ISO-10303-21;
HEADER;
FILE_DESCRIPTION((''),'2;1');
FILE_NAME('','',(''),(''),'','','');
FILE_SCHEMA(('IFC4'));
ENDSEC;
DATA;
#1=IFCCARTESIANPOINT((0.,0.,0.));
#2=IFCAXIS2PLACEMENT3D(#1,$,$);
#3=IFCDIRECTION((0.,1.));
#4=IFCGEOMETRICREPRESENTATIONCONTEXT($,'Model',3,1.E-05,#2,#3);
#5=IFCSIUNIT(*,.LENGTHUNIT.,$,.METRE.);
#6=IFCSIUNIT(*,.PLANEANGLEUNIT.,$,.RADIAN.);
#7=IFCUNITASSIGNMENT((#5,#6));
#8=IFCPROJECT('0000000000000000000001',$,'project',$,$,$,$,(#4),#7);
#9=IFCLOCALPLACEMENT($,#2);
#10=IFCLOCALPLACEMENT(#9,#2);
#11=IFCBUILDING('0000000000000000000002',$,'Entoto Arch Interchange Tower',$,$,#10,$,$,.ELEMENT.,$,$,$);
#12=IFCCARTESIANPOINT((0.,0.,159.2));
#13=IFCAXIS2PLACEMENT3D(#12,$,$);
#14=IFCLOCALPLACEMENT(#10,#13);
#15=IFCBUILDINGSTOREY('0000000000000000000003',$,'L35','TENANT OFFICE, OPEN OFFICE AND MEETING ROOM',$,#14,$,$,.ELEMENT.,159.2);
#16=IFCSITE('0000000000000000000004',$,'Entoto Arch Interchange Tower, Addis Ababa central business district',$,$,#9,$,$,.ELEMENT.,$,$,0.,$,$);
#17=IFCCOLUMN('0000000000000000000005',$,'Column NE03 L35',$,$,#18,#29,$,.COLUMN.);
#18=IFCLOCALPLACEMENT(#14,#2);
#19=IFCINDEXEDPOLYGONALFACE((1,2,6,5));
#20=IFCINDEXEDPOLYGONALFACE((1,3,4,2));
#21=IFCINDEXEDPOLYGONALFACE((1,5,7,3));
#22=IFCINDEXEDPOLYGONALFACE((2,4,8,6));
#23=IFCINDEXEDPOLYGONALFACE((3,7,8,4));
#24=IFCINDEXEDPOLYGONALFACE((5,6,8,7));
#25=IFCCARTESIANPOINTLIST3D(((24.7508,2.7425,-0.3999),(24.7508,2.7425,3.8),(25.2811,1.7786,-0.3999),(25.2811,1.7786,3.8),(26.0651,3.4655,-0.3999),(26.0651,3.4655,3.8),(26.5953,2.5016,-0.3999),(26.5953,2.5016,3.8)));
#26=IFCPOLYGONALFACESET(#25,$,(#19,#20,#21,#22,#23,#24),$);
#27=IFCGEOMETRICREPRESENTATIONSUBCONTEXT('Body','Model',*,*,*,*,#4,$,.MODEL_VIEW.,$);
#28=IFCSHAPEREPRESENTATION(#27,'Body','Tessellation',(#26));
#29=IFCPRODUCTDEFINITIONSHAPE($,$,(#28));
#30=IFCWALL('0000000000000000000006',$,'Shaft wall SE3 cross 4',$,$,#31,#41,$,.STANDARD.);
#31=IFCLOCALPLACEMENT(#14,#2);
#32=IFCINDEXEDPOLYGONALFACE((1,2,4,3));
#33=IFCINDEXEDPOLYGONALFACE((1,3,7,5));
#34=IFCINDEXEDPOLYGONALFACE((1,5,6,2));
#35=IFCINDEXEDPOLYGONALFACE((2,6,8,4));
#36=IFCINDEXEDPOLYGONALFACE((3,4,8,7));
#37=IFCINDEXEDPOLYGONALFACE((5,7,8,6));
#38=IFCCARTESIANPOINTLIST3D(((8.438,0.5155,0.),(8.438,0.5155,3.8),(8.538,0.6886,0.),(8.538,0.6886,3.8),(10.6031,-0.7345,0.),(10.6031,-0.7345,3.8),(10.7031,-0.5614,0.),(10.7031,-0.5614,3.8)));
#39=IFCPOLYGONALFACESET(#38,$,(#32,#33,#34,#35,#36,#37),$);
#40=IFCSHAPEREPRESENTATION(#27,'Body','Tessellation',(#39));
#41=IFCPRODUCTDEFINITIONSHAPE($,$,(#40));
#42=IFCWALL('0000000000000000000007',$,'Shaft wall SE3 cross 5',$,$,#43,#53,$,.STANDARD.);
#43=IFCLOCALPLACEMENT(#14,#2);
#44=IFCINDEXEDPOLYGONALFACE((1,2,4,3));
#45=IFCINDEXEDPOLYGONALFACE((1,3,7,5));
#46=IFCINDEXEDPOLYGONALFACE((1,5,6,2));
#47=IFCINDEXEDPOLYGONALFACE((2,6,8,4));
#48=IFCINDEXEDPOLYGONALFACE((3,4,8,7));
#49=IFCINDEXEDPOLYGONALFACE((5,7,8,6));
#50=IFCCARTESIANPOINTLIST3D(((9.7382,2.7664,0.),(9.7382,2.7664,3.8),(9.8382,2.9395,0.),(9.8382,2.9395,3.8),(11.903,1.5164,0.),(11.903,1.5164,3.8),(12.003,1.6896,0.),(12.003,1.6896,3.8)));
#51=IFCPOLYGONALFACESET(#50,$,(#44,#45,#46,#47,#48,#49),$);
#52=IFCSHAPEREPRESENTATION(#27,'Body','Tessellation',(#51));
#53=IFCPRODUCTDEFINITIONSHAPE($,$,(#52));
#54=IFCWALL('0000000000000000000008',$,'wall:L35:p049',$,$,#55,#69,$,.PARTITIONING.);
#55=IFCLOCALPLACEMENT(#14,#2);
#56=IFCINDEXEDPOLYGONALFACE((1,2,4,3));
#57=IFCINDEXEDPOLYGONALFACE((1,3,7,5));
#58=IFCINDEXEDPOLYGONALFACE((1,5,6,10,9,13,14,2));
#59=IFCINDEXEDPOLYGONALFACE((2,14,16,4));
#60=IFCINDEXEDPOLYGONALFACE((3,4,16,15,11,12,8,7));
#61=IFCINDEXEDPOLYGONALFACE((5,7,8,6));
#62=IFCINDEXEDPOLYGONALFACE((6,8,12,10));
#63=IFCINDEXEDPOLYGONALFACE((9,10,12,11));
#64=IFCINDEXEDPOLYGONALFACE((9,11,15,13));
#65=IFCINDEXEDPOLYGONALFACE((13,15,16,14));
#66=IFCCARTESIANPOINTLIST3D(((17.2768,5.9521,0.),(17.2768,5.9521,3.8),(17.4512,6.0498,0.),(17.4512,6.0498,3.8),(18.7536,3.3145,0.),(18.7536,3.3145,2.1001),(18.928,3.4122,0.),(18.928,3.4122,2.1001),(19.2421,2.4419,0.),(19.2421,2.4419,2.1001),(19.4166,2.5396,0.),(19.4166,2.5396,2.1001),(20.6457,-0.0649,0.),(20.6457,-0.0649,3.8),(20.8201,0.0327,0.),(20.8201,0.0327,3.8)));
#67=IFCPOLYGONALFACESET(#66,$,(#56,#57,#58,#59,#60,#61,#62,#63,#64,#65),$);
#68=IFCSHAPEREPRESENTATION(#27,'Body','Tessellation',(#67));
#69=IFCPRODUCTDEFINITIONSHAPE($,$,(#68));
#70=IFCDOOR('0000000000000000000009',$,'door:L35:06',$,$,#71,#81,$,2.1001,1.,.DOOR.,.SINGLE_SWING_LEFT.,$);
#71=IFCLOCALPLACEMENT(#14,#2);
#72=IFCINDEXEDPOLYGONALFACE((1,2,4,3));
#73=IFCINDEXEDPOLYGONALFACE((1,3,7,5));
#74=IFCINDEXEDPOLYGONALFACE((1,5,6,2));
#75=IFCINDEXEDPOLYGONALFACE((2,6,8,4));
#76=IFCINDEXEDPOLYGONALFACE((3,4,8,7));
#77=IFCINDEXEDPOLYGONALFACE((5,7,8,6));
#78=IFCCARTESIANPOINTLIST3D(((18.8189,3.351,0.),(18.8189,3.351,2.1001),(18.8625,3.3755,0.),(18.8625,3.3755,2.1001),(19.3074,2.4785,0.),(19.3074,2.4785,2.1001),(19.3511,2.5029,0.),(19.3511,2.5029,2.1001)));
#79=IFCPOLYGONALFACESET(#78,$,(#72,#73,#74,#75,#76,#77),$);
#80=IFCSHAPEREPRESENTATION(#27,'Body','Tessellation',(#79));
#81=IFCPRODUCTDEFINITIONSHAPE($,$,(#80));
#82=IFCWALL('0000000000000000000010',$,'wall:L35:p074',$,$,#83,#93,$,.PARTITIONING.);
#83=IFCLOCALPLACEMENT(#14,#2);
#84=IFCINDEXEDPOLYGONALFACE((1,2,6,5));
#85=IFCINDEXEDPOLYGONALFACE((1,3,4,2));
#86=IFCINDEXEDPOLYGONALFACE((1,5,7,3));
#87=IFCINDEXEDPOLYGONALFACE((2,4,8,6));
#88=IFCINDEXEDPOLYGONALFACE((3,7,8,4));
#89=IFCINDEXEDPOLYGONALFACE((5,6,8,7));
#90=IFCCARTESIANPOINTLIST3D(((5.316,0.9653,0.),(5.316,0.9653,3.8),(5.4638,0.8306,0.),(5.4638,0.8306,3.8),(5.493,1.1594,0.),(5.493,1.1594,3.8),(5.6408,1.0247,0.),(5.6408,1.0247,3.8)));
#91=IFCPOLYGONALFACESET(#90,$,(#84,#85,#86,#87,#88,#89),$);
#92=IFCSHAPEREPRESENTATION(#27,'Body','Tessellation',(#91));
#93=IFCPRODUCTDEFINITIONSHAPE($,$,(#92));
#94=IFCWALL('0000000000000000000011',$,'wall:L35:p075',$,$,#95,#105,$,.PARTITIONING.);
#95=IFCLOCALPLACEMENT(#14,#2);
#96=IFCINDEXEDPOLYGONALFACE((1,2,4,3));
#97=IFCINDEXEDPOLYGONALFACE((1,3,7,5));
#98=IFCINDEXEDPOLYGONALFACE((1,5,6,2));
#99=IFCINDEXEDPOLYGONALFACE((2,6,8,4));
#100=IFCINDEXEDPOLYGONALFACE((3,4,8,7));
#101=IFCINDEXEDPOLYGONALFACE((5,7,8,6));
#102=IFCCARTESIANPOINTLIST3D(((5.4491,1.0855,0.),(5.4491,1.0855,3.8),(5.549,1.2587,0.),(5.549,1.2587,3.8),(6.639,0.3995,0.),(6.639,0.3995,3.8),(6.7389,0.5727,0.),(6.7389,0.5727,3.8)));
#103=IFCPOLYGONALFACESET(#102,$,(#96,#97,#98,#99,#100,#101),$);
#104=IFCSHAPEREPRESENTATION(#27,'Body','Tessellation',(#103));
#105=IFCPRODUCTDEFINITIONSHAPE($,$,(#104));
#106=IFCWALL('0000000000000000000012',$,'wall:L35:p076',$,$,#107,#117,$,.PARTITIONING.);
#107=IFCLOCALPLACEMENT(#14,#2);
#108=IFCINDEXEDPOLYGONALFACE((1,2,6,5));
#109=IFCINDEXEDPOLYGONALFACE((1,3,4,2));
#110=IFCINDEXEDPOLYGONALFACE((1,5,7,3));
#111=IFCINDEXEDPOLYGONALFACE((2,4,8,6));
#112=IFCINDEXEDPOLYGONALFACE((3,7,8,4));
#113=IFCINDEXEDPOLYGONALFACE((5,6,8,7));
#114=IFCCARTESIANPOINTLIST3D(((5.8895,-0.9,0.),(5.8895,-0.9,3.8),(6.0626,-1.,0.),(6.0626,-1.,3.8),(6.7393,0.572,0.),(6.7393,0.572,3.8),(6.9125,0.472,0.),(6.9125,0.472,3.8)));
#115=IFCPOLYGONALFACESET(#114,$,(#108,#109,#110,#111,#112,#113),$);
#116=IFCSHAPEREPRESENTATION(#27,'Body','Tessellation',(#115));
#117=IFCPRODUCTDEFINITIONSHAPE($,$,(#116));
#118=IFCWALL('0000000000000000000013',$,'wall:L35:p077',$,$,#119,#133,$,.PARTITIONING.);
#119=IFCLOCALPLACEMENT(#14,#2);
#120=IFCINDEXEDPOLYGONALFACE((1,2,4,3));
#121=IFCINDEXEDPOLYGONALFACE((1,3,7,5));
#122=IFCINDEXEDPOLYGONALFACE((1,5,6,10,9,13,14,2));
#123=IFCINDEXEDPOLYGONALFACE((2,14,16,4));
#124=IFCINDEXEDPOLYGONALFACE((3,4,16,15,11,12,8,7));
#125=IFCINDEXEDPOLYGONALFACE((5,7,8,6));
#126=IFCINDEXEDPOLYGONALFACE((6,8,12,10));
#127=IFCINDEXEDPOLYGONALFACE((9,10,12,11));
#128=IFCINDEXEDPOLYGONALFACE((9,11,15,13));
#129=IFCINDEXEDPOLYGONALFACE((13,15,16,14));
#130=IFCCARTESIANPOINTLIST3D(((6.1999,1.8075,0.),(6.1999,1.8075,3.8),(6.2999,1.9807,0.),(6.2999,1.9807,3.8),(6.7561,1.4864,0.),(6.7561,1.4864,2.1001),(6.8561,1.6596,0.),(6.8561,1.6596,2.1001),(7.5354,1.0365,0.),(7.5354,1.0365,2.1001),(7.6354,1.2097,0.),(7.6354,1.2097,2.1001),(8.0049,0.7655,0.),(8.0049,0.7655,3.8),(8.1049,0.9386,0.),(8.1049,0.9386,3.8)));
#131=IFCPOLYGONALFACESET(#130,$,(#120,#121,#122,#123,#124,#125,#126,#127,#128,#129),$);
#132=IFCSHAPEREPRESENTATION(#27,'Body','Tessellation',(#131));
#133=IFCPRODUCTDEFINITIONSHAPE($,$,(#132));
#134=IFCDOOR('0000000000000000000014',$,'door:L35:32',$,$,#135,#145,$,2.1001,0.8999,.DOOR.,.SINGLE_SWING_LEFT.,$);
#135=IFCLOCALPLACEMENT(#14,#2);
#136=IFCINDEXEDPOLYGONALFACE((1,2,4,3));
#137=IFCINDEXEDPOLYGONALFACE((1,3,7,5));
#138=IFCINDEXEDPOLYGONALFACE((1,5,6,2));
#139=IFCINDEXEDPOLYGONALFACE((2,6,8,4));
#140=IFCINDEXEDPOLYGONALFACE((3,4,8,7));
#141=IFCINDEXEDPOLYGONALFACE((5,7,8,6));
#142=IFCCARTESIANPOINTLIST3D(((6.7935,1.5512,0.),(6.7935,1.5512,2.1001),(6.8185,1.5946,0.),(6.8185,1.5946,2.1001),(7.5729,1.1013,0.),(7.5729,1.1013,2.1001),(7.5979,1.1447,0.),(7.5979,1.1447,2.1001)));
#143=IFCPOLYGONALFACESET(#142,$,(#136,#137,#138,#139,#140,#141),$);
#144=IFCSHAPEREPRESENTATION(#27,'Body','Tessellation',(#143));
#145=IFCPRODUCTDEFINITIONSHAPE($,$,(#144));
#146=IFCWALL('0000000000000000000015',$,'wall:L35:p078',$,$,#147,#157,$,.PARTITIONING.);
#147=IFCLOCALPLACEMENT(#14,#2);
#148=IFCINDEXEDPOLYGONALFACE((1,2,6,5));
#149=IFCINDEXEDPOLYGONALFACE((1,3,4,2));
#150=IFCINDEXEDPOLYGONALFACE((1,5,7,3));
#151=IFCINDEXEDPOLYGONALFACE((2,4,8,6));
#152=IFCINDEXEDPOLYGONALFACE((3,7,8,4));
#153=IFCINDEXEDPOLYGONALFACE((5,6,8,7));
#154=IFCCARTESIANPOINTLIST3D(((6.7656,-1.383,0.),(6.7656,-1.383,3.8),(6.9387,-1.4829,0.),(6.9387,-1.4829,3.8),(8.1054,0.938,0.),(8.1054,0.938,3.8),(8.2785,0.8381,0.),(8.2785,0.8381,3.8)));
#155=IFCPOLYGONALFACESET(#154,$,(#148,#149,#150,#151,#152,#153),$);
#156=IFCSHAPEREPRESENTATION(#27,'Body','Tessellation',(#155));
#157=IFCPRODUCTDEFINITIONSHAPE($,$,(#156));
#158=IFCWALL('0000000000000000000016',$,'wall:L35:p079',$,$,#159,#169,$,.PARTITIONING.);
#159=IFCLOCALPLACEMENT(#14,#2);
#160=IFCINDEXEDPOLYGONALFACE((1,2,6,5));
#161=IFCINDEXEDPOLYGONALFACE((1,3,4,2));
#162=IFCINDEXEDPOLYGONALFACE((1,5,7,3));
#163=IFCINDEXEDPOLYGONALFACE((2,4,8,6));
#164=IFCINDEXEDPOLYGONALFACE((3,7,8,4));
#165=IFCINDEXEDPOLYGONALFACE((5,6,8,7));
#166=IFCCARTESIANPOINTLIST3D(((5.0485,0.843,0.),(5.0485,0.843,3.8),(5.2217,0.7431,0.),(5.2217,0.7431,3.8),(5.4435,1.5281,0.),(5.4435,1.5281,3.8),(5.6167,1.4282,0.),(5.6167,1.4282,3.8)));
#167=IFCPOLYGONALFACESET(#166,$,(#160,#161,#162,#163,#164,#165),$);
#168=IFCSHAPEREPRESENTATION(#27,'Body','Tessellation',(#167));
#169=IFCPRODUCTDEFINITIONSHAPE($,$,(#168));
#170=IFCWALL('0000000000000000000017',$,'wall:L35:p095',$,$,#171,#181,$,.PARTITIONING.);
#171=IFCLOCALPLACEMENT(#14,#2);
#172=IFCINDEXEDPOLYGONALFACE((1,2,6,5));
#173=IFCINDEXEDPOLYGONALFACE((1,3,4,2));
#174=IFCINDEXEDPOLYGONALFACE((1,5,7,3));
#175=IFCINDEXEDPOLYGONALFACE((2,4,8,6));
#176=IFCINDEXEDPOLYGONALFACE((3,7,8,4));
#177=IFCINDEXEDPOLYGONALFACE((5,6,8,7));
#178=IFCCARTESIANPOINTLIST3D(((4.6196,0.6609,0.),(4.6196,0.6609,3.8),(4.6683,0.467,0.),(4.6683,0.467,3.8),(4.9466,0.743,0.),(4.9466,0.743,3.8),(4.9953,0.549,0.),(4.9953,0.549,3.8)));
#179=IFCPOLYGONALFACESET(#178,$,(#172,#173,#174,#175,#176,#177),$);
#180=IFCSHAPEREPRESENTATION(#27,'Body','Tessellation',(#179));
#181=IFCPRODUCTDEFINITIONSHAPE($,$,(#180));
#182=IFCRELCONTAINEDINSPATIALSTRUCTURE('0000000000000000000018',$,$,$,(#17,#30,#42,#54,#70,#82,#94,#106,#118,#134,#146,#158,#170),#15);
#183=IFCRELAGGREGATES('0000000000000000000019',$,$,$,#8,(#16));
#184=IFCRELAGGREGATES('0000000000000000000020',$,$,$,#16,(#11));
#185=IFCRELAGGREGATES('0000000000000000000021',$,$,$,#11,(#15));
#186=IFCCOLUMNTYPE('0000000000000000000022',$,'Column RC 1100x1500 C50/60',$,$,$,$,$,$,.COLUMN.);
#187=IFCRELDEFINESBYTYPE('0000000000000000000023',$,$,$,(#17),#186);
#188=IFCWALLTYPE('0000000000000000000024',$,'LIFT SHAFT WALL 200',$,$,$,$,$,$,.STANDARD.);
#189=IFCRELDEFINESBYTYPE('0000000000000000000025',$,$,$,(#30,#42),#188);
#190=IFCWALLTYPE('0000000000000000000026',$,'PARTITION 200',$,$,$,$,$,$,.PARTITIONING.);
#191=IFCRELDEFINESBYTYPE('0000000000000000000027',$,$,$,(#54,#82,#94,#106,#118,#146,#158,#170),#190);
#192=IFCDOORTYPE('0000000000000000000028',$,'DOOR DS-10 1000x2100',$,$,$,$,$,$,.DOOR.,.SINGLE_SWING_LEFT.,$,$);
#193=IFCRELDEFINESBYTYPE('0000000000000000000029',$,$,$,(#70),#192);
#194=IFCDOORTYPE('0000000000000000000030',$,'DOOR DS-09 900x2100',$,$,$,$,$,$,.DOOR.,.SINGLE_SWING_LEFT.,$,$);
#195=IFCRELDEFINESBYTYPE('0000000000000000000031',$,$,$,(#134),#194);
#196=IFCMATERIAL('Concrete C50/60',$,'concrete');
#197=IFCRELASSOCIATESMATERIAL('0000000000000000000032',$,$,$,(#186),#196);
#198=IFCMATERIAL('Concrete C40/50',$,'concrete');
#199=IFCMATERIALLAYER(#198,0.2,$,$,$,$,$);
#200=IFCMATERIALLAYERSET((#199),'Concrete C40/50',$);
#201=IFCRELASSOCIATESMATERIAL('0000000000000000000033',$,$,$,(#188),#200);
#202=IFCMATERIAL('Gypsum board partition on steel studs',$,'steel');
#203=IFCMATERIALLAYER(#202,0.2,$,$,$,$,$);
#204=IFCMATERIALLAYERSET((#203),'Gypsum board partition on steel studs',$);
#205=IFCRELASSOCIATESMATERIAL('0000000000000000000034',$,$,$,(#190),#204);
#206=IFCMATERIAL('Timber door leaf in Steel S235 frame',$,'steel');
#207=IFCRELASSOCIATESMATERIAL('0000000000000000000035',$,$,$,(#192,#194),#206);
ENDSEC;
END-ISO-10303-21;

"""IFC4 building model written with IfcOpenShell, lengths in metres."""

from ifc_helpers import new_model, si_unit, direction, frame, frame_2d, origin, origin_2d, place, context, subcontext, project, spatial, rectangle, extrude, material, layer, layer_set, material_profile, profile_set, type_object, element, fill, save


model = new_model("IFC4")

# Units and contexts
model_context = context("Model", 3, precision=1e-05, world=origin(), true_north=direction((0.0, 1.0)))
body_context = subcontext(model_context, "Body", "Model", "MODEL_VIEW")
ifc_project = project(units=[si_unit("LENGTHUNIT", "METRE"), si_unit("PLANEANGLEUNIT", "RADIAN")], contexts=[model_context])

# Site, building, storey
site_placement = place(None, origin())
site = spatial("IfcSite", under=ifc_project, at=site_placement, Name="Entoto Arch Interchange Tower, Addis Ababa central business district", CompositionType="ELEMENT", RefElevation=0.0)
building_placement = place(site_placement, origin())
building = spatial("IfcBuilding", under=site, at=building_placement, Name="Entoto Arch Interchange Tower", CompositionType="ELEMENT")
storey_placement = place(building_placement, frame((0.0, 0.0, 159.2)))
storey = spatial("IfcBuildingStorey", under=building, at=storey_placement, Name="L35", Description="TENANT OFFICE, OPEN OFFICE AND MEETING ROOM", CompositionType="ELEMENT", Elevation=159.2)

# Column
ifc_material_1 = material(Name="Concrete C50/60", Category="concrete")
ifc_material_profile = material_profile(ifc_material_1, rectangle(XDim=1.1001, YDim=1.5, at=origin_2d()))
ifc_profile_set = profile_set([ifc_material_profile], Name="Concrete C50/60")
column_type = type_object("IfcColumnType", Name="Column RC 1100x1500 C50/60", PredefinedType="COLUMN", material=ifc_profile_set)
column_placement = place(storey_placement, frame((25.6731, 2.6221, -0.3999), z_axis=(0.0, 0.0, 1.0), x_axis=(-0.481983, 0.876181, 0.0)))
element("IfcColumn", 1, at=column_placement, inside=storey, type_object=column_type, Name="Column NE03 L35", PredefinedType="COLUMN", context=body_context, shape_type="SweptSolid", body=[
    extrude(rectangle(XDim=1.1001, YDim=1.5, at=origin_2d()), origin(), (0.0, 0.0, 1.0), 4.2),
])

# Walls
ifc_material_2 = material(Name="Concrete C40/50", Category="concrete")
ifc_layer_1 = layer(ifc_material_2, 0.2)
ifc_layer_set_1 = layer_set([ifc_layer_1], Name="Concrete C40/50")
wall_type_1 = type_object("IfcWallType", Name="LIFT SHAFT WALL 200", PredefinedType="STANDARD", material=ifc_layer_set_1)
wall_1_placement = place(storey_placement, frame((8.488, 0.6021, 0.0), z_axis=(0.0, 0.0, 1.0), x_axis=(0.866023, -0.500004, 0.0)))
element("IfcWall", 2, at=wall_1_placement, inside=storey, type_object=wall_type_1, Name="Shaft wall SE3 cross 4", PredefinedType="STANDARD", context=body_context, shape_type="SweptSolid", body=[
    extrude(rectangle(XDim=2.5, YDim=0.2, at=frame_2d((1.25, 0.0))), origin(), (0.0, 0.0, 1.0), 3.8),
])
wall_2_placement = place(storey_placement, frame((9.7881, 2.853, 0.0), z_axis=(0.0, 0.0, 1.0), x_axis=(0.865999, -0.500047, 0.0)))
element("IfcWall", 3, at=wall_2_placement, inside=storey, type_object=wall_type_1, Name="Shaft wall SE3 cross 5", PredefinedType="STANDARD", context=body_context, shape_type="SweptSolid", body=[
    extrude(rectangle(XDim=2.4998, YDim=0.2, at=frame_2d((1.25, 0.0))), origin(), (0.0, 0.0, 1.0), 3.8),
])

# Wall, opening, door
ifc_material_3 = material(Name="Gypsum board partition on steel studs", Category="steel")
ifc_layer_2 = layer(ifc_material_3, 0.2)
ifc_layer_set_2 = layer_set([ifc_layer_2], Name="Gypsum board partition on steel studs")
wall_type_2 = type_object("IfcWallType", Name="PARTITION 200", PredefinedType="PARTITIONING", material=ifc_layer_set_2)
wall_3_placement = place(storey_placement, frame((17.364, 6.001, 0.0), z_axis=(0.0, 0.0, 1.0), x_axis=(0.488529, -0.872548, 0.0)))
wall_3 = element("IfcWall", 4, at=wall_3_placement, inside=storey, type_object=wall_type_2, Name="wall:L35:p049", PredefinedType="PARTITIONING", context=body_context, shape_type="SweptSolid", body=[
    extrude(rectangle(XDim=6.896, YDim=0.2, at=frame_2d((3.448, 0.0))), origin(), (0.0, 0.0, 1.0), 3.8),
])
opening_1_placement = place(wall_3_placement, frame((3.0229, 0.0, 0.0)))
opening_1 = element("IfcOpeningElement", 5, at=opening_1_placement, cuts=wall_3, PredefinedType="OPENING", context=body_context, shape_type="SweptSolid", body=[
    extrude(rectangle(XDim=1.0, YDim=2.1001, at=frame_2d((0.5, 1.05))), frame((0.0, 0.1099, 0.0), z_axis=(0.0, -1.0, 0.0), x_axis=(1.0, 0.0, 0.0)), (0.0, 0.0, 1.0), 0.22),
])
ifc_material_4 = material(Name="Timber door leaf in Steel S235 frame", Category="steel")
door_type_1 = type_object("IfcDoorType", Name="DOOR DS-10 1000x2100", OperationType="SINGLE_SWING_LEFT", PredefinedType="DOOR", material=ifc_material_4)
door_1_placement = place(opening_1_placement, origin())
door_1 = element("IfcDoor", 6, at=door_1_placement, inside=storey, type_object=door_type_1, Name="door:L35:06", OperationType="SINGLE_SWING_LEFT", OverallHeight=2.1001, OverallWidth=1.0, PredefinedType="DOOR", context=body_context, shape_type="SweptSolid", body=[
    extrude(rectangle(XDim=1.0, YDim=2.1001, at=frame_2d((0.5, 1.05))), frame((0.0, 0.0249, 0.0), z_axis=(0.0, -1.0, 0.0), x_axis=(1.0, 0.0, 0.0)), (0.0, 0.0, 1.0), 0.05),
])
fill(opening_1, door_1)

# Walls
wall_4_placement = place(storey_placement, frame((5.3899, 0.8979, 0.0), z_axis=(0.0, 0.0, 1.0), x_axis=(0.673828, 0.738888, 0.0)))
element("IfcWall", 7, at=wall_4_placement, inside=storey, type_object=wall_type_2, Name="wall:L35:p074", PredefinedType="PARTITIONING", context=body_context, shape_type="SweptSolid", body=[
    extrude(rectangle(XDim=0.2627, YDim=0.2, at=frame_2d((0.1313, 0.0))), origin(), (0.0, 0.0, 1.0), 3.8),
])
wall_5_placement = place(storey_placement, frame((5.499, 1.1721, 0.0), z_axis=(0.0, 0.0, 1.0), x_axis=(0.866334, -0.499466, 0.0)))
element("IfcWall", 8, at=wall_5_placement, inside=storey, type_object=wall_type_2, Name="wall:L35:p075", PredefinedType="PARTITIONING", context=body_context, shape_type="SweptSolid", body=[
    extrude(rectangle(XDim=1.3735, YDim=0.2, at=frame_2d((0.6868, 0.0))), origin(), (0.0, 0.0, 1.0), 3.8),
])
wall_6_placement = place(storey_placement, frame((6.8259, 0.522, 0.0), z_axis=(0.0, 0.0, 1.0), x_axis=(-0.500017, -0.866016, 0.0)))
element("IfcWall", 9, at=wall_6_placement, inside=storey, type_object=wall_type_2, Name="wall:L35:p076", PredefinedType="PARTITIONING", context=body_context, shape_type="SweptSolid", body=[
    extrude(rectangle(XDim=1.6997, YDim=0.2, at=frame_2d((0.8499, 0.0))), origin(), (0.0, 0.0, 1.0), 3.8),
])

# Wall, opening, door
wall_7_placement = place(storey_placement, frame((6.25, 1.894, 0.0), z_axis=(0.0, 0.0, 1.0), x_axis=(0.866043, -0.499969, 0.0)))
wall_7 = element("IfcWall", 10, at=wall_7_placement, inside=storey, type_object=wall_type_2, Name="wall:L35:p077", PredefinedType="PARTITIONING", context=body_context, shape_type="SweptSolid", body=[
    extrude(rectangle(XDim=2.0842, YDim=0.2, at=frame_2d((1.042, 0.0))), origin(), (0.0, 0.0, 1.0), 3.8),
])
opening_2_placement = place(wall_7_placement, frame((0.6421, 0.0, 0.0)))
opening_2 = element("IfcOpeningElement", 11, at=opening_2_placement, cuts=wall_7, PredefinedType="OPENING", context=body_context, shape_type="SweptSolid", body=[
    extrude(rectangle(XDim=0.8999, YDim=2.1001, at=frame_2d((0.45, 1.05))), frame((0.0, 0.1099, 0.0), z_axis=(0.0, -1.0, 0.0), x_axis=(1.0, 0.0, 0.0)), (0.0, 0.0, 1.0), 0.22),
])
door_type_2 = type_object("IfcDoorType", Name="DOOR DS-09 900x2100", OperationType="SINGLE_SWING_LEFT", PredefinedType="DOOR", material=ifc_material_4)
door_2_placement = place(opening_2_placement, origin())
door_2 = element("IfcDoor", 12, at=door_2_placement, inside=storey, type_object=door_type_2, Name="door:L35:32", OperationType="SINGLE_SWING_LEFT", OverallHeight=2.1001, OverallWidth=0.8999, PredefinedType="DOOR", context=body_context, shape_type="SweptSolid", body=[
    extrude(rectangle(XDim=0.8999, YDim=2.1001, at=frame_2d((0.45, 1.05))), frame((0.0, 0.0249, 0.0), z_axis=(0.0, -1.0, 0.0), x_axis=(1.0, 0.0, 0.0)), (0.0, 0.0, 1.0), 0.05),
])
fill(opening_2, door_2)

# Walls
wall_8_placement = place(storey_placement, frame((8.1919, 0.8879, 0.0), z_axis=(0.0, 0.0, 1.0), x_axis=(-0.499941, -0.86606, 0.0)))
element("IfcWall", 13, at=wall_8_placement, inside=storey, type_object=wall_type_2, Name="wall:L35:p078", PredefinedType="PARTITIONING", context=body_context, shape_type="SweptSolid", body=[
    extrude(rectangle(XDim=2.6799, YDim=0.2, at=frame_2d((1.3398, 0.0))), origin(), (0.0, 0.0, 1.0), 3.8),
])
wall_9_placement = place(storey_placement, frame((5.135, 0.793, 0.0), z_axis=(0.0, 0.0, 1.0), x_axis=(0.499526, 0.866299, 0.0)))
element("IfcWall", 14, at=wall_9_placement, inside=storey, type_object=wall_type_2, Name="wall:L35:p079", PredefinedType="PARTITIONING", context=body_context, shape_type="SweptSolid", body=[
    extrude(rectangle(XDim=0.7908, YDim=0.2, at=frame_2d((0.3955, 0.0))), origin(), (0.0, 0.0, 1.0), 3.8),
])
wall_10_placement = place(storey_placement, frame((4.644, 0.564, 0.0), z_axis=(0.0, 0.0, 1.0), x_axis=(0.969929, 0.243388, 0.0)))
element("IfcWall", 15, at=wall_10_placement, inside=storey, type_object=wall_type_2, Name="wall:L35:p095", PredefinedType="PARTITIONING", context=body_context, shape_type="SweptSolid", body=[
    extrude(rectangle(XDim=0.3372, YDim=0.2, at=frame_2d((0.1685, 0.0))), origin(), (0.0, 0.0, 1.0), 3.8),
])

save(model, "model.ifc")
